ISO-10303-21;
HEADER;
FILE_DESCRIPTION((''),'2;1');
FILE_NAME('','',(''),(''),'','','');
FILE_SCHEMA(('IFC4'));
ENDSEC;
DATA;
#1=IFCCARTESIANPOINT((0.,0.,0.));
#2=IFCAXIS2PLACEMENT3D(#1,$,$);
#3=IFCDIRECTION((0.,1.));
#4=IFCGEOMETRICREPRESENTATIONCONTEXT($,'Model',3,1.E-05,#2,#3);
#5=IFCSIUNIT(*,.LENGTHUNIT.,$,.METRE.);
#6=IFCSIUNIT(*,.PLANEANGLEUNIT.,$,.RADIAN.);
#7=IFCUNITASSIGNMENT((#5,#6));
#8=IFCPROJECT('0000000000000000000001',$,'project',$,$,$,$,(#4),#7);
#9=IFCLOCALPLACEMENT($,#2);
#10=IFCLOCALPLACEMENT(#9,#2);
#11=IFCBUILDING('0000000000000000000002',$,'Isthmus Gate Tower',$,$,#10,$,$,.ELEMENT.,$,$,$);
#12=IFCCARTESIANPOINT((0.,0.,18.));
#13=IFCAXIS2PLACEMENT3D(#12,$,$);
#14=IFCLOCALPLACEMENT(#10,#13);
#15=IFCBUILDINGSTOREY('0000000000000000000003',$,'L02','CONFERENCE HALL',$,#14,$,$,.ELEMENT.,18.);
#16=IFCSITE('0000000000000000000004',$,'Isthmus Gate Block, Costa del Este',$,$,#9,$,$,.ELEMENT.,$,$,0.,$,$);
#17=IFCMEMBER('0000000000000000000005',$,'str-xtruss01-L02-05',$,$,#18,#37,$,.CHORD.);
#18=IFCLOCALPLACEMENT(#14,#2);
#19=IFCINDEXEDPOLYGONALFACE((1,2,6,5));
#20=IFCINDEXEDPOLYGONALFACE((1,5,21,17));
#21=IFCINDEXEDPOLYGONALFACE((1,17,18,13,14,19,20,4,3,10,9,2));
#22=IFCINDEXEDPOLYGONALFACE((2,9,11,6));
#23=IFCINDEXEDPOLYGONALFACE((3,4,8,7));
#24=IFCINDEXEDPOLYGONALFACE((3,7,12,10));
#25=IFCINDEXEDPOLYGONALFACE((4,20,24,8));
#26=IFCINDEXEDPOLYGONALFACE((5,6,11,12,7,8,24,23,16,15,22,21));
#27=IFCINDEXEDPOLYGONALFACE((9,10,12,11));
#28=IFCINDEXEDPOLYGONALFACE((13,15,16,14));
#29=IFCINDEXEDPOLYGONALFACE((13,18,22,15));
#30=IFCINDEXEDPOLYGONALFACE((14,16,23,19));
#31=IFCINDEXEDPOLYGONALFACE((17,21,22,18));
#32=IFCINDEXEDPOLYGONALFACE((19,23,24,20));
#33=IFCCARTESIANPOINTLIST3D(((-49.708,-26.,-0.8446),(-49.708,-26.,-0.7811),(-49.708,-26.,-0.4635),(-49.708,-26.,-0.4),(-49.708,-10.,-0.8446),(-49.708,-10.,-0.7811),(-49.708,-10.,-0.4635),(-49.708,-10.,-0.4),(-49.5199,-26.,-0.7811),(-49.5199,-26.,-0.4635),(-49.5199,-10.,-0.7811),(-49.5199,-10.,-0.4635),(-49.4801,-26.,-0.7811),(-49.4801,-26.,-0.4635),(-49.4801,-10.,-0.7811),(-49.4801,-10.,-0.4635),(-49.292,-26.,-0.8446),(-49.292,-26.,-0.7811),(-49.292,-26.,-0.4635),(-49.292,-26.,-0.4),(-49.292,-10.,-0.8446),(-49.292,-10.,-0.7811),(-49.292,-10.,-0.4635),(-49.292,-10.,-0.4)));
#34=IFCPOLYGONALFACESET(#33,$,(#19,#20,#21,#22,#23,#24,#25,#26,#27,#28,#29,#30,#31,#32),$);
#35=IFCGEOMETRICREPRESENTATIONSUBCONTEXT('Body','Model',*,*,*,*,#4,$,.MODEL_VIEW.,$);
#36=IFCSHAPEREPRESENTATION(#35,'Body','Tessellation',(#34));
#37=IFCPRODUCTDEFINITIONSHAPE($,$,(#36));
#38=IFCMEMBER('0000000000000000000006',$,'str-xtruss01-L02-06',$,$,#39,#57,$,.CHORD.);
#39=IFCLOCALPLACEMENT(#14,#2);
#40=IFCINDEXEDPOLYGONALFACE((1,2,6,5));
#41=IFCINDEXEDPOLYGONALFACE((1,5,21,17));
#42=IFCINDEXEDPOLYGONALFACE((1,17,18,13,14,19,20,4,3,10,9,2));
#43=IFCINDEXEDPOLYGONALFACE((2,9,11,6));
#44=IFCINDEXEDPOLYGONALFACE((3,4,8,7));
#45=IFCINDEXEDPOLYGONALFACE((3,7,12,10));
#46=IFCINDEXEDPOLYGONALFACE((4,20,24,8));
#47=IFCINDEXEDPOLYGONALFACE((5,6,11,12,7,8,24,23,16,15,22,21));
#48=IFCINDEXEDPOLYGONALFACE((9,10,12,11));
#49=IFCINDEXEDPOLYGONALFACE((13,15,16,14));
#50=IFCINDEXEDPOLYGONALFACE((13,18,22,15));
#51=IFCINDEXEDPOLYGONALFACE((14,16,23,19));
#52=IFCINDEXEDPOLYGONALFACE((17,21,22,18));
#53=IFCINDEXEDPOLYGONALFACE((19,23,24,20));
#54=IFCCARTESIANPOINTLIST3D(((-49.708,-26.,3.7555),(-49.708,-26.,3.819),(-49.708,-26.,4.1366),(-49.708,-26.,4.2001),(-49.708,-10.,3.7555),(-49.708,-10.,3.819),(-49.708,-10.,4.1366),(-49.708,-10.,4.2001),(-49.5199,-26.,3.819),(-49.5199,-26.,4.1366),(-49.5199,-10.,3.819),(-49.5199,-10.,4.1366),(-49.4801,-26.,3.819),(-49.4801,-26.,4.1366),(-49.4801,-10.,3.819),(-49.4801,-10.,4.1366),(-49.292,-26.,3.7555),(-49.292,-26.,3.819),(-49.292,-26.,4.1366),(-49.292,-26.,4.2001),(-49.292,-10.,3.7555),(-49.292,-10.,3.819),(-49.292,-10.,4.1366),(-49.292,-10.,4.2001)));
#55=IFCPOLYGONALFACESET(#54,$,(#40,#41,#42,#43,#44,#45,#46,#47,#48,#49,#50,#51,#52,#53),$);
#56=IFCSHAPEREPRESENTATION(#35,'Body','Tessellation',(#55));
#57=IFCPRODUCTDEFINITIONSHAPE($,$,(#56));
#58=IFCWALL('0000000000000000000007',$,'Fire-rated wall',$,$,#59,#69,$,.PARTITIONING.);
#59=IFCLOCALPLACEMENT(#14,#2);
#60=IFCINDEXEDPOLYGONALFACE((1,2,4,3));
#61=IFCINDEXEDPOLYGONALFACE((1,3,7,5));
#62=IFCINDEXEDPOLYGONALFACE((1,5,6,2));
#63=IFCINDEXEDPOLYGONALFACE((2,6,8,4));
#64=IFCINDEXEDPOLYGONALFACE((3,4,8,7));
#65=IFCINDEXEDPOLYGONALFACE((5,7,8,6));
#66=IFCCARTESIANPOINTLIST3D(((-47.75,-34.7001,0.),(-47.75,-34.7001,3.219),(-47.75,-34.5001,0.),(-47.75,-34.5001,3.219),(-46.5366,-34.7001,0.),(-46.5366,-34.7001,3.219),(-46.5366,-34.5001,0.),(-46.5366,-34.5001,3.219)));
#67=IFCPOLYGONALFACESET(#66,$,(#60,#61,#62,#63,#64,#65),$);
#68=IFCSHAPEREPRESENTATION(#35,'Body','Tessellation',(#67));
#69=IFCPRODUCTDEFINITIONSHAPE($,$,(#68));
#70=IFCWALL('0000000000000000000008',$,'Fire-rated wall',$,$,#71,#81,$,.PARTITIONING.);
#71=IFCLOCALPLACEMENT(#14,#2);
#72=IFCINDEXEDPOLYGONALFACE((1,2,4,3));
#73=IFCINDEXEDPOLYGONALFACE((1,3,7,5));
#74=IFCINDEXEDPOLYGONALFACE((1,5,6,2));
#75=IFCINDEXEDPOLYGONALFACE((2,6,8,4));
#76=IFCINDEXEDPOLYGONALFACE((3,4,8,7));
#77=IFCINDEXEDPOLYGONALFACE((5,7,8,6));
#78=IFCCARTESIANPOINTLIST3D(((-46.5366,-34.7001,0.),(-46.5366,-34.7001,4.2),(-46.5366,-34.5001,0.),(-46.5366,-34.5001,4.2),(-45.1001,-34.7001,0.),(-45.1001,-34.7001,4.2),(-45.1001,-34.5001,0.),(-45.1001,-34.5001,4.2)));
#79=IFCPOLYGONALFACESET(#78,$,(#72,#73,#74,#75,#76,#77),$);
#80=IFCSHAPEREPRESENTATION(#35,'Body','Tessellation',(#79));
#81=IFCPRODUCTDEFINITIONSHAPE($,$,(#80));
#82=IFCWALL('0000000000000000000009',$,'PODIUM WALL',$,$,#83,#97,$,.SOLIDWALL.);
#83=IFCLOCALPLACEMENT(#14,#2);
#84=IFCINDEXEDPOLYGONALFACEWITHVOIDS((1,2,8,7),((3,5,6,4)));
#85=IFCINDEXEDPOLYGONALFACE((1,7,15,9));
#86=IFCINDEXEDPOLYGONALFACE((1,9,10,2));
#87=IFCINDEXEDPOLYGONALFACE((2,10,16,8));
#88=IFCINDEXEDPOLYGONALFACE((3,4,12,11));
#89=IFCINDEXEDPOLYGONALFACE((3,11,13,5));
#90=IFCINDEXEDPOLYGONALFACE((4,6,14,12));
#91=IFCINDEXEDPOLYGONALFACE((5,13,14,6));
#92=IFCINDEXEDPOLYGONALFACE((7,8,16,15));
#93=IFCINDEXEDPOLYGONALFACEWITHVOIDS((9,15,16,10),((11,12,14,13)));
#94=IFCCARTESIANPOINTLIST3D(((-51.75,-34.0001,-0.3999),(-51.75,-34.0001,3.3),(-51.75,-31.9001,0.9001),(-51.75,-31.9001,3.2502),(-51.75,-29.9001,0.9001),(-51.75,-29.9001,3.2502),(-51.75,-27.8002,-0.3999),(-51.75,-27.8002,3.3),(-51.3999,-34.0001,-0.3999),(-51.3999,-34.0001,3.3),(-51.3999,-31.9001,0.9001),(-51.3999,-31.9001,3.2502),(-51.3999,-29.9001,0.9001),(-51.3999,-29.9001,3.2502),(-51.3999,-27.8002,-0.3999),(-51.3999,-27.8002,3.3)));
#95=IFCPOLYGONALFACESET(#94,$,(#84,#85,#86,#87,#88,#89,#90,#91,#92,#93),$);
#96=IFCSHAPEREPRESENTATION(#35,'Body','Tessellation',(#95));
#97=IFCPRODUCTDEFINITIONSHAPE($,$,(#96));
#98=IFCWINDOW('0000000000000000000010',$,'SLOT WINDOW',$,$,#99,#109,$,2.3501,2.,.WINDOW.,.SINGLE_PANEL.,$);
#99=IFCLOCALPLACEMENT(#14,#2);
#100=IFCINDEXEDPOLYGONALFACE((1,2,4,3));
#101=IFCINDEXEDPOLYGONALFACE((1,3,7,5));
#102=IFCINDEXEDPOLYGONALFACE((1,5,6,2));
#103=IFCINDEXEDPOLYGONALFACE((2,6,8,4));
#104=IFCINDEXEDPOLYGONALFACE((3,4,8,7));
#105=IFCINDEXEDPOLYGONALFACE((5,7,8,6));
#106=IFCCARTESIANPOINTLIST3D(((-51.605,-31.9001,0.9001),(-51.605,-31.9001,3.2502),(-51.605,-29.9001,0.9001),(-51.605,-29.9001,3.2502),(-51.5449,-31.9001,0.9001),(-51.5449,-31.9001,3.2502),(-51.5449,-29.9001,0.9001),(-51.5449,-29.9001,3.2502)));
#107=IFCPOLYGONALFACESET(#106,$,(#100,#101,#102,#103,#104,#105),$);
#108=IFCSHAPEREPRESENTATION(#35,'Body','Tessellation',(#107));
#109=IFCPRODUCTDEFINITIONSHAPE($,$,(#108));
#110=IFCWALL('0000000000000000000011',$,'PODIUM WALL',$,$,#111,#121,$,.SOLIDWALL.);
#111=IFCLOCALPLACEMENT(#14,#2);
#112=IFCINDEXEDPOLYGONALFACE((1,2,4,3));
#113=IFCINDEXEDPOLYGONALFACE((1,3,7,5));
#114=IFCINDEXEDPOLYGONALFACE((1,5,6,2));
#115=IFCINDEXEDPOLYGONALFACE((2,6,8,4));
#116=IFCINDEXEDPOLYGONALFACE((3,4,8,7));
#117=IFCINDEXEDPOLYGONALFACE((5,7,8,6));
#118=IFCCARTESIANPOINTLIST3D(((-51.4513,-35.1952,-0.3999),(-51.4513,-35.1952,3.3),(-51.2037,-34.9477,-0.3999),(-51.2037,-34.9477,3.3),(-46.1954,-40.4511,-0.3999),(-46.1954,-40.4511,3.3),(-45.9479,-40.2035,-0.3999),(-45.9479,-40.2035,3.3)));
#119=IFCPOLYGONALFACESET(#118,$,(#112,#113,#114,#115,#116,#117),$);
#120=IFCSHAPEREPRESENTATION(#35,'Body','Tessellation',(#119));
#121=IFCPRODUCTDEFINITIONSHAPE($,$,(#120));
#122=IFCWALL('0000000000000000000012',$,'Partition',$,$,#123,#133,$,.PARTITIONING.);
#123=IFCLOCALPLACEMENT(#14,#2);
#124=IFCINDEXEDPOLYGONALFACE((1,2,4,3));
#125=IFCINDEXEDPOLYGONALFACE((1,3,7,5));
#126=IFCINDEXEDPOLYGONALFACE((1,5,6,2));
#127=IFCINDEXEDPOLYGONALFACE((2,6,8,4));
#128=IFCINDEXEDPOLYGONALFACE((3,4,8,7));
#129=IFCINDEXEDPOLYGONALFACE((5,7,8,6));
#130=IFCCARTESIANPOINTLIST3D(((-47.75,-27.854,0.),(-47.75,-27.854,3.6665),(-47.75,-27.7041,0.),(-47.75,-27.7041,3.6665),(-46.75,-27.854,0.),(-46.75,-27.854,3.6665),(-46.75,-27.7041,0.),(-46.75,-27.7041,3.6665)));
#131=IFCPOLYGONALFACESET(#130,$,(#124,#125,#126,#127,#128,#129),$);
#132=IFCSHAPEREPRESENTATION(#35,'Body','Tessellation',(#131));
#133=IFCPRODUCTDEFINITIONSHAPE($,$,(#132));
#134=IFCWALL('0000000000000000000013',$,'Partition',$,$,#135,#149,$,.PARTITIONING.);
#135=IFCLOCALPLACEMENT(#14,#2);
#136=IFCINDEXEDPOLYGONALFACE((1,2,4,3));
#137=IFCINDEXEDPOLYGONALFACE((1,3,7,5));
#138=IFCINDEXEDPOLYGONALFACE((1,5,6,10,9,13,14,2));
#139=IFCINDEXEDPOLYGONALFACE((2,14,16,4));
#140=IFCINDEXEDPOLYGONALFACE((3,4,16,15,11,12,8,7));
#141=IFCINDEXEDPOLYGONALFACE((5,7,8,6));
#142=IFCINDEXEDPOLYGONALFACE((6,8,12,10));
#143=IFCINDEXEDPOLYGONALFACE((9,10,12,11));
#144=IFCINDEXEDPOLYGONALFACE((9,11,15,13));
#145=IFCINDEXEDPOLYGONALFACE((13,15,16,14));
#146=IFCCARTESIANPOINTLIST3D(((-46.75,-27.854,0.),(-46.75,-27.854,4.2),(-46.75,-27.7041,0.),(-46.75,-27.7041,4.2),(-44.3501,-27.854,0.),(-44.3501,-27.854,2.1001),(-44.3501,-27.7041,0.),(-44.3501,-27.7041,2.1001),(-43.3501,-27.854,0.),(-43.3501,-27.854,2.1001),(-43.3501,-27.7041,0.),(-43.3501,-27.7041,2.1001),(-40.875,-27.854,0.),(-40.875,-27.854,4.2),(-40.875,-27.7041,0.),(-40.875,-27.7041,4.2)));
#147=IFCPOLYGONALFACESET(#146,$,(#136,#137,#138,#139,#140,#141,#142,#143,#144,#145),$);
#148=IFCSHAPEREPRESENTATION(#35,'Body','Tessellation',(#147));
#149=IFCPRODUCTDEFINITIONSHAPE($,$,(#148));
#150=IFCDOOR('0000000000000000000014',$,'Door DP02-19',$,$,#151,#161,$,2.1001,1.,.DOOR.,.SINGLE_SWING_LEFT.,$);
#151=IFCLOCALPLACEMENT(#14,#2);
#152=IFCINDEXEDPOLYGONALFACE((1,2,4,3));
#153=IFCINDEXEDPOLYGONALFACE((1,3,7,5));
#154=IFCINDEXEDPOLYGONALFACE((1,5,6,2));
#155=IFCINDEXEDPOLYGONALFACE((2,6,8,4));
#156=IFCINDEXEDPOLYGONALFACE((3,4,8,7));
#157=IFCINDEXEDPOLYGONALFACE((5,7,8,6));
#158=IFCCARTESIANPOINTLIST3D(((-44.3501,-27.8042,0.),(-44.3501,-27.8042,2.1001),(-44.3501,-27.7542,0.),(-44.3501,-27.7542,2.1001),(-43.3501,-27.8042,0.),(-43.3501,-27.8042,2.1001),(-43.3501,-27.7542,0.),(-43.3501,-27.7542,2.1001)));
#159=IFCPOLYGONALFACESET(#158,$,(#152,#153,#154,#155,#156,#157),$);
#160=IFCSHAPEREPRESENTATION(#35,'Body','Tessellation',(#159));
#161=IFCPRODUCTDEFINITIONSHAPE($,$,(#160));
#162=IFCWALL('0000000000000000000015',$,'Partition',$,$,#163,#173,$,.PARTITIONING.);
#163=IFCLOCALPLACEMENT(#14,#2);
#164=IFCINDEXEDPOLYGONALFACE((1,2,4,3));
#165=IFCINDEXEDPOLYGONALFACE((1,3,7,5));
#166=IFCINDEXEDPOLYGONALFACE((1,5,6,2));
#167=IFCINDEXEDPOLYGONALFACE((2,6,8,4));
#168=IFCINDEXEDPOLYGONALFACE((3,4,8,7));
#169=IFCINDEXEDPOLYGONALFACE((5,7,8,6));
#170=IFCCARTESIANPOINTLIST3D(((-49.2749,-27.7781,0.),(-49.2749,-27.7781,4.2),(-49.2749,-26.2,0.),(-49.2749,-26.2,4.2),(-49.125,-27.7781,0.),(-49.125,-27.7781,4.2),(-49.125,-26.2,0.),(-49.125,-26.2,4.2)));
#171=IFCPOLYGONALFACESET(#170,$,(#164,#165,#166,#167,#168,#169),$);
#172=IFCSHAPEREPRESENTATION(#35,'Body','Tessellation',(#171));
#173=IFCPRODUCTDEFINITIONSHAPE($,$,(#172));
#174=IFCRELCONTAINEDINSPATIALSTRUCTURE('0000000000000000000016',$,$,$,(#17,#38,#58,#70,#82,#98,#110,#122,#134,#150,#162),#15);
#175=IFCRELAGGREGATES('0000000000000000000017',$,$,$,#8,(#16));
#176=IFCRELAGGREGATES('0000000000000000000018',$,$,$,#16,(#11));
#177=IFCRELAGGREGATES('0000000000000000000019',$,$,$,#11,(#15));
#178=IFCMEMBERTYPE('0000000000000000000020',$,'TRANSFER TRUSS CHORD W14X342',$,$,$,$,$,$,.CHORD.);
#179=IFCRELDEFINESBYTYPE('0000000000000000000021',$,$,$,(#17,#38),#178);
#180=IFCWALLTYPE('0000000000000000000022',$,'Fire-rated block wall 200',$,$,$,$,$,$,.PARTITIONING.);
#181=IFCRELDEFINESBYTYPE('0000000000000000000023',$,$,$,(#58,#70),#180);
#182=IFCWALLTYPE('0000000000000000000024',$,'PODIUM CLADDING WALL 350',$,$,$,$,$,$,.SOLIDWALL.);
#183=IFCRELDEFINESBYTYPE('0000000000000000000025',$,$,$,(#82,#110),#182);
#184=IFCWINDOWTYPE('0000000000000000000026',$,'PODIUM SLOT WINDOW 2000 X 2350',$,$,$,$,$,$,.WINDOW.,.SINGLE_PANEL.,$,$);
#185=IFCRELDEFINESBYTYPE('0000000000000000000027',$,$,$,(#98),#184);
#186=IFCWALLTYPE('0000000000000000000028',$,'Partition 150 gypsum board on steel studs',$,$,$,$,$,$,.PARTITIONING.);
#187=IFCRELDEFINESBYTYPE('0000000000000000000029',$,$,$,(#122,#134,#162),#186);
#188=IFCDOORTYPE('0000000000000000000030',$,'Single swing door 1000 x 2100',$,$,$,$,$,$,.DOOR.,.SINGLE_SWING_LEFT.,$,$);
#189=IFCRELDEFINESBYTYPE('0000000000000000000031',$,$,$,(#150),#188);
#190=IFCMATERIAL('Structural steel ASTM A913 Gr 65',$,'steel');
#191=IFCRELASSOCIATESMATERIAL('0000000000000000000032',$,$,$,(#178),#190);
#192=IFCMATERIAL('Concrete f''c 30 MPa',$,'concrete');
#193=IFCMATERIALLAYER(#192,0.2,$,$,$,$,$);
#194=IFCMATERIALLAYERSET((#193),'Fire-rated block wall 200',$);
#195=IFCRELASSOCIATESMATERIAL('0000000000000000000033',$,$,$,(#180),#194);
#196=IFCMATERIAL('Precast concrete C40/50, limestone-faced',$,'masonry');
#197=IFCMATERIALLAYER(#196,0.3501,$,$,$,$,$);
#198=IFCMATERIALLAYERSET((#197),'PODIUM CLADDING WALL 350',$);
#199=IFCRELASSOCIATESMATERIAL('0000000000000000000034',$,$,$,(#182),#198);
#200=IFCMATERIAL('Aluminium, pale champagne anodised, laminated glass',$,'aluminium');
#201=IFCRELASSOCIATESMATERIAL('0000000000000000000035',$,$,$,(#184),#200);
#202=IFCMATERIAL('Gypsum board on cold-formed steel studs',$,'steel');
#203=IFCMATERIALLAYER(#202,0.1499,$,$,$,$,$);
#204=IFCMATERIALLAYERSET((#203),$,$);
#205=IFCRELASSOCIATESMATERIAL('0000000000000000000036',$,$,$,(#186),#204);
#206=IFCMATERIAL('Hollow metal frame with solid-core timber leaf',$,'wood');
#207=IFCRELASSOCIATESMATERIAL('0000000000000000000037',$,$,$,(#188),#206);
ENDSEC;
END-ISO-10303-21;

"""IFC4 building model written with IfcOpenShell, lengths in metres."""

from ifc_helpers import new_model, si_unit, direction, frame, frame_2d, origin, origin_2d, place, context, subcontext, project, spatial, rectangle, i_section, extrude, material, layer, layer_set, material_profile, profile_set, type_object, element, fill, save


model = new_model("IFC4")

# Units and contexts
model_context = context("Model", 3, precision=1e-05, world=origin(), true_north=direction((0.0, 1.0)))
body_context = subcontext(model_context, "Body", "Model", "MODEL_VIEW")
ifc_project = project(units=[si_unit("LENGTHUNIT", "METRE"), si_unit("PLANEANGLEUNIT", "RADIAN")], contexts=[model_context])

# Site, building, storey
site_placement = place(None, origin())
site = spatial("IfcSite", under=ifc_project, at=site_placement, Name="Isthmus Gate Block, Costa del Este", CompositionType="ELEMENT", RefElevation=0.0)
building_placement = place(site_placement, origin())
building = spatial("IfcBuilding", under=site, at=building_placement, Name="Isthmus Gate Tower", CompositionType="ELEMENT")
storey_placement = place(building_placement, frame((0.0, 0.0, 18.0)))
storey = spatial("IfcBuildingStorey", under=building, at=storey_placement, Name="L02", Description="CONFERENCE HALL", CompositionType="ELEMENT", Elevation=18.0)

# Members
ifc_material_1 = material(Name="Structural steel ASTM A913 Gr 65", Category="steel")
ifc_material_profile_1 = material_profile(ifc_material_1, i_section(OverallWidth=0.416, OverallDepth=0.4446, WebThickness=0.0398, FlangeThickness=0.0635, at=origin_2d()), Name="W14X342")
ifc_profile_set_1 = profile_set([ifc_material_profile_1], Name="Structural steel ASTM A913 Gr 65")
member_type = type_object("IfcMemberType", Name="TRANSFER TRUSS CHORD W14X342", PredefinedType="CHORD", material=ifc_profile_set_1)
for number, where, z_axis, x_axis, name in (
    (1, (-49.5, -26.0, -0.6223), (0.0, 1.0, 0.0), (-1.0, 0.0, 0.0), "str-xtruss01-L02-05"),
    (2, (-49.5, -26.0, 3.9778), (0.0, 1.0, 0.0), (-1.0, 0.0, 0.0), "str-xtruss01-L02-06"),
):
    element("IfcMember", number, at=place(storey_placement, frame(where, z_axis=z_axis, x_axis=x_axis)), inside=storey, type_object=member_type, Name=name, PredefinedType="CHORD", context=body_context, shape_type="SweptSolid", body=[
        extrude(i_section(OverallWidth=0.416, OverallDepth=0.4446, WebThickness=0.0398, FlangeThickness=0.0635, at=origin_2d()), origin(), (0.0, 0.0, 1.0), 16.0),
    ])

# Walls
ifc_material_2 = material(Name="Concrete f'c 30 MPa", Category="concrete")
ifc_layer_1 = layer(ifc_material_2, 0.2)
ifc_layer_set_1 = layer_set([ifc_layer_1], Name="Fire-rated block wall 200")
wall_type_1 = type_object("IfcWallType", Name="Fire-rated block wall 200", PredefinedType="PARTITIONING", material=ifc_layer_set_1)
wall_1_placement = place(storey_placement, frame((-47.75, -34.6001, 0.0), z_axis=(0.0, 0.0, 1.0), x_axis=(1.0, 0.0, 0.0)))
element("IfcWall", 3, at=wall_1_placement, inside=storey, type_object=wall_type_1, Name="Fire-rated wall", PredefinedType="PARTITIONING", context=body_context, shape_type="SweptSolid", body=[
    extrude(rectangle(XDim=1.2134, YDim=0.2, at=frame_2d((0.6067, 0.0))), origin(), (0.0, 0.0, 1.0), 3.219),
])
wall_2_placement = place(storey_placement, frame((-46.5366, -34.6001, 0.0), z_axis=(0.0, 0.0, 1.0), x_axis=(1.0, 0.0, 0.0)))
element("IfcWall", 4, at=wall_2_placement, inside=storey, type_object=wall_type_1, Name="Fire-rated wall", PredefinedType="PARTITIONING", context=body_context, shape_type="SweptSolid", body=[
    extrude(rectangle(XDim=1.4365, YDim=0.2, at=frame_2d((0.7183, 0.0))), origin(), (0.0, 0.0, 1.0), 4.2),
])

# Wall, opening, window
ifc_material_3 = material(Name="Precast concrete C40/50, limestone-faced", Category="masonry")
ifc_layer_2 = layer(ifc_material_3, 0.3501)
ifc_layer_set_2 = layer_set([ifc_layer_2], Name="PODIUM CLADDING WALL 350")
wall_type_2 = type_object("IfcWallType", Name="PODIUM CLADDING WALL 350", PredefinedType="SOLIDWALL", material=ifc_layer_set_2)
wall_3_placement = place(storey_placement, frame((-51.575, -27.8, -0.3999), z_axis=(0.0, 0.0, 1.0), x_axis=(0.0, -1.0, 0.0)))
wall_3 = element("IfcWall", 5, at=wall_3_placement, inside=storey, type_object=wall_type_2, Name="PODIUM WALL", PredefinedType="SOLIDWALL", context=body_context, shape_type="SweptSolid", body=[
    extrude(rectangle(XDim=6.2, YDim=0.3501, at=frame_2d((3.1001, 0.0))), origin(), (0.0, 0.0, 1.0), 3.7),
])
opening_1_placement = place(wall_3_placement, frame((2.1001, 0.0, 1.3)))
opening_1 = element("IfcOpeningElement", 6, at=opening_1_placement, cuts=wall_3, PredefinedType="OPENING", context=body_context, shape_type="SweptSolid", body=[
    extrude(rectangle(XDim=2.0, YDim=2.3501, at=frame_2d((1.0, 1.175))), frame((0.0, 0.1851, 0.0), z_axis=(0.0, -1.0, 0.0), x_axis=(1.0, 0.0, 0.0)), (0.0, 0.0, 1.0), 0.3701),
])
ifc_material_4 = material(Name="Aluminium, pale champagne anodised, laminated glass", Category="aluminium")
window_type = type_object("IfcWindowType", Name="PODIUM SLOT WINDOW 2000 X 2350", PartitioningType="SINGLE_PANEL", PredefinedType="WINDOW", material=ifc_material_4)
window_placement = place(opening_1_placement, origin())
window = element("IfcWindow", 7, at=window_placement, inside=storey, type_object=window_type, Name="SLOT WINDOW", OverallHeight=2.3501, OverallWidth=2.0, PartitioningType="SINGLE_PANEL", PredefinedType="WINDOW", context=body_context, shape_type="SweptSolid", body=[
    extrude(rectangle(XDim=2.0, YDim=2.3501, at=frame_2d((1.0, 1.175))), frame((0.0, 0.03, 0.0), z_axis=(0.0, -1.0, 0.0), x_axis=(1.0, 0.0, 0.0)), (0.0, 0.0, 1.0), 0.0601),
])
fill(opening_1, window)

# Walls
wall_4_placement = place(storey_placement, frame((-51.3274, -35.0715, -0.3999), z_axis=(0.0, 0.0, 1.0), x_axis=(0.707107, -0.707107, 0.0)))
element("IfcWall", 8, at=wall_4_placement, inside=storey, type_object=wall_type_2, Name="PODIUM WALL", PredefinedType="SOLIDWALL", context=body_context, shape_type="SweptSolid", body=[
    extrude(rectangle(XDim=7.4329, YDim=0.3501, at=frame_2d((3.7163, 0.0))), origin(), (0.0, 0.0, 1.0), 3.7),
])
ifc_material_5 = material(Name="Gypsum board on cold-formed steel studs", Category="steel")
ifc_layer_3 = layer(ifc_material_5, 0.1499)
ifc_layer_set_3 = layer_set([ifc_layer_3])
wall_type_3 = type_object("IfcWallType", Name="Partition 150 gypsum board on steel studs", PredefinedType="PARTITIONING", material=ifc_layer_set_3)
wall_5_placement = place(storey_placement, frame((-47.75, -27.7791, 0.0), z_axis=(0.0, 0.0, 1.0), x_axis=(1.0, 0.0, 0.0)))
element("IfcWall", 9, at=wall_5_placement, inside=storey, type_object=wall_type_3, Name="Partition", PredefinedType="PARTITIONING", context=body_context, shape_type="SweptSolid", body=[
    extrude(rectangle(XDim=1.0, YDim=0.1499, at=frame_2d((0.5, 0.0))), origin(), (0.0, 0.0, 1.0), 3.6665),
])

# Wall, opening, door
wall_6_placement = place(storey_placement, frame((-46.75, -27.7791, 0.0), z_axis=(0.0, 0.0, 1.0), x_axis=(1.0, 0.0, 0.0)))
wall_6 = element("IfcWall", 10, at=wall_6_placement, inside=storey, type_object=wall_type_3, Name="Partition", PredefinedType="PARTITIONING", context=body_context, shape_type="SweptSolid", body=[
    extrude(rectangle(XDim=5.875, YDim=0.1499, at=frame_2d((2.9375, 0.0))), origin(), (0.0, 0.0, 1.0), 4.2),
])
opening_2_placement = place(wall_6_placement, frame((2.3999, 0.0, 0.0)))
opening_2 = element("IfcOpeningElement", 11, at=opening_2_placement, cuts=wall_6, PredefinedType="OPENING", context=body_context, shape_type="SweptSolid", body=[
    extrude(rectangle(XDim=1.0, YDim=2.1001, at=frame_2d((0.5, 1.05))), frame((0.0, 0.085, 0.0), z_axis=(0.0, -1.0, 0.0), x_axis=(1.0, 0.0, 0.0)), (0.0, 0.0, 1.0), 0.1699),
])
ifc_material_6 = material(Name="Hollow metal frame with solid-core timber leaf", Category="wood")
door_type_1 = type_object("IfcDoorType", Name="Single swing door 1000 x 2100", OperationType="SINGLE_SWING_LEFT", PredefinedType="DOOR", material=ifc_material_6)
door_1_placement = place(opening_2_placement, origin())
door_1 = element("IfcDoor", 12, at=door_1_placement, inside=storey, type_object=door_type_1, Name="Door DP02-19", OperationType="SINGLE_SWING_LEFT", OverallHeight=2.1001, OverallWidth=1.0, PredefinedType="DOOR", context=body_context, shape_type="SweptSolid", body=[
    extrude(rectangle(XDim=1.0, YDim=2.1001, at=frame_2d((0.5, 1.05))), frame((0.0, 0.0249, 0.0), z_axis=(0.0, -1.0, 0.0), x_axis=(1.0, 0.0, 0.0)), (0.0, 0.0, 1.0), 0.05),
])
fill(opening_2, door_1)

# Wall
wall_7_placement = place(storey_placement, frame((-49.2, -27.7781, 0.0), z_axis=(0.0, 0.0, 1.0), x_axis=(0.0, 1.0, 0.0)))
element("IfcWall", 13, at=wall_7_placement, inside=storey, type_object=wall_type_3, Name="Partition", PredefinedType="PARTITIONING", context=body_context, shape_type="SweptSolid", body=[
    extrude(rectangle(XDim=1.5781, YDim=0.1499, at=frame_2d((0.7891, 0.0))), origin(), (0.0, 0.0, 1.0), 4.2),
])

save(model, "model.ifc")
